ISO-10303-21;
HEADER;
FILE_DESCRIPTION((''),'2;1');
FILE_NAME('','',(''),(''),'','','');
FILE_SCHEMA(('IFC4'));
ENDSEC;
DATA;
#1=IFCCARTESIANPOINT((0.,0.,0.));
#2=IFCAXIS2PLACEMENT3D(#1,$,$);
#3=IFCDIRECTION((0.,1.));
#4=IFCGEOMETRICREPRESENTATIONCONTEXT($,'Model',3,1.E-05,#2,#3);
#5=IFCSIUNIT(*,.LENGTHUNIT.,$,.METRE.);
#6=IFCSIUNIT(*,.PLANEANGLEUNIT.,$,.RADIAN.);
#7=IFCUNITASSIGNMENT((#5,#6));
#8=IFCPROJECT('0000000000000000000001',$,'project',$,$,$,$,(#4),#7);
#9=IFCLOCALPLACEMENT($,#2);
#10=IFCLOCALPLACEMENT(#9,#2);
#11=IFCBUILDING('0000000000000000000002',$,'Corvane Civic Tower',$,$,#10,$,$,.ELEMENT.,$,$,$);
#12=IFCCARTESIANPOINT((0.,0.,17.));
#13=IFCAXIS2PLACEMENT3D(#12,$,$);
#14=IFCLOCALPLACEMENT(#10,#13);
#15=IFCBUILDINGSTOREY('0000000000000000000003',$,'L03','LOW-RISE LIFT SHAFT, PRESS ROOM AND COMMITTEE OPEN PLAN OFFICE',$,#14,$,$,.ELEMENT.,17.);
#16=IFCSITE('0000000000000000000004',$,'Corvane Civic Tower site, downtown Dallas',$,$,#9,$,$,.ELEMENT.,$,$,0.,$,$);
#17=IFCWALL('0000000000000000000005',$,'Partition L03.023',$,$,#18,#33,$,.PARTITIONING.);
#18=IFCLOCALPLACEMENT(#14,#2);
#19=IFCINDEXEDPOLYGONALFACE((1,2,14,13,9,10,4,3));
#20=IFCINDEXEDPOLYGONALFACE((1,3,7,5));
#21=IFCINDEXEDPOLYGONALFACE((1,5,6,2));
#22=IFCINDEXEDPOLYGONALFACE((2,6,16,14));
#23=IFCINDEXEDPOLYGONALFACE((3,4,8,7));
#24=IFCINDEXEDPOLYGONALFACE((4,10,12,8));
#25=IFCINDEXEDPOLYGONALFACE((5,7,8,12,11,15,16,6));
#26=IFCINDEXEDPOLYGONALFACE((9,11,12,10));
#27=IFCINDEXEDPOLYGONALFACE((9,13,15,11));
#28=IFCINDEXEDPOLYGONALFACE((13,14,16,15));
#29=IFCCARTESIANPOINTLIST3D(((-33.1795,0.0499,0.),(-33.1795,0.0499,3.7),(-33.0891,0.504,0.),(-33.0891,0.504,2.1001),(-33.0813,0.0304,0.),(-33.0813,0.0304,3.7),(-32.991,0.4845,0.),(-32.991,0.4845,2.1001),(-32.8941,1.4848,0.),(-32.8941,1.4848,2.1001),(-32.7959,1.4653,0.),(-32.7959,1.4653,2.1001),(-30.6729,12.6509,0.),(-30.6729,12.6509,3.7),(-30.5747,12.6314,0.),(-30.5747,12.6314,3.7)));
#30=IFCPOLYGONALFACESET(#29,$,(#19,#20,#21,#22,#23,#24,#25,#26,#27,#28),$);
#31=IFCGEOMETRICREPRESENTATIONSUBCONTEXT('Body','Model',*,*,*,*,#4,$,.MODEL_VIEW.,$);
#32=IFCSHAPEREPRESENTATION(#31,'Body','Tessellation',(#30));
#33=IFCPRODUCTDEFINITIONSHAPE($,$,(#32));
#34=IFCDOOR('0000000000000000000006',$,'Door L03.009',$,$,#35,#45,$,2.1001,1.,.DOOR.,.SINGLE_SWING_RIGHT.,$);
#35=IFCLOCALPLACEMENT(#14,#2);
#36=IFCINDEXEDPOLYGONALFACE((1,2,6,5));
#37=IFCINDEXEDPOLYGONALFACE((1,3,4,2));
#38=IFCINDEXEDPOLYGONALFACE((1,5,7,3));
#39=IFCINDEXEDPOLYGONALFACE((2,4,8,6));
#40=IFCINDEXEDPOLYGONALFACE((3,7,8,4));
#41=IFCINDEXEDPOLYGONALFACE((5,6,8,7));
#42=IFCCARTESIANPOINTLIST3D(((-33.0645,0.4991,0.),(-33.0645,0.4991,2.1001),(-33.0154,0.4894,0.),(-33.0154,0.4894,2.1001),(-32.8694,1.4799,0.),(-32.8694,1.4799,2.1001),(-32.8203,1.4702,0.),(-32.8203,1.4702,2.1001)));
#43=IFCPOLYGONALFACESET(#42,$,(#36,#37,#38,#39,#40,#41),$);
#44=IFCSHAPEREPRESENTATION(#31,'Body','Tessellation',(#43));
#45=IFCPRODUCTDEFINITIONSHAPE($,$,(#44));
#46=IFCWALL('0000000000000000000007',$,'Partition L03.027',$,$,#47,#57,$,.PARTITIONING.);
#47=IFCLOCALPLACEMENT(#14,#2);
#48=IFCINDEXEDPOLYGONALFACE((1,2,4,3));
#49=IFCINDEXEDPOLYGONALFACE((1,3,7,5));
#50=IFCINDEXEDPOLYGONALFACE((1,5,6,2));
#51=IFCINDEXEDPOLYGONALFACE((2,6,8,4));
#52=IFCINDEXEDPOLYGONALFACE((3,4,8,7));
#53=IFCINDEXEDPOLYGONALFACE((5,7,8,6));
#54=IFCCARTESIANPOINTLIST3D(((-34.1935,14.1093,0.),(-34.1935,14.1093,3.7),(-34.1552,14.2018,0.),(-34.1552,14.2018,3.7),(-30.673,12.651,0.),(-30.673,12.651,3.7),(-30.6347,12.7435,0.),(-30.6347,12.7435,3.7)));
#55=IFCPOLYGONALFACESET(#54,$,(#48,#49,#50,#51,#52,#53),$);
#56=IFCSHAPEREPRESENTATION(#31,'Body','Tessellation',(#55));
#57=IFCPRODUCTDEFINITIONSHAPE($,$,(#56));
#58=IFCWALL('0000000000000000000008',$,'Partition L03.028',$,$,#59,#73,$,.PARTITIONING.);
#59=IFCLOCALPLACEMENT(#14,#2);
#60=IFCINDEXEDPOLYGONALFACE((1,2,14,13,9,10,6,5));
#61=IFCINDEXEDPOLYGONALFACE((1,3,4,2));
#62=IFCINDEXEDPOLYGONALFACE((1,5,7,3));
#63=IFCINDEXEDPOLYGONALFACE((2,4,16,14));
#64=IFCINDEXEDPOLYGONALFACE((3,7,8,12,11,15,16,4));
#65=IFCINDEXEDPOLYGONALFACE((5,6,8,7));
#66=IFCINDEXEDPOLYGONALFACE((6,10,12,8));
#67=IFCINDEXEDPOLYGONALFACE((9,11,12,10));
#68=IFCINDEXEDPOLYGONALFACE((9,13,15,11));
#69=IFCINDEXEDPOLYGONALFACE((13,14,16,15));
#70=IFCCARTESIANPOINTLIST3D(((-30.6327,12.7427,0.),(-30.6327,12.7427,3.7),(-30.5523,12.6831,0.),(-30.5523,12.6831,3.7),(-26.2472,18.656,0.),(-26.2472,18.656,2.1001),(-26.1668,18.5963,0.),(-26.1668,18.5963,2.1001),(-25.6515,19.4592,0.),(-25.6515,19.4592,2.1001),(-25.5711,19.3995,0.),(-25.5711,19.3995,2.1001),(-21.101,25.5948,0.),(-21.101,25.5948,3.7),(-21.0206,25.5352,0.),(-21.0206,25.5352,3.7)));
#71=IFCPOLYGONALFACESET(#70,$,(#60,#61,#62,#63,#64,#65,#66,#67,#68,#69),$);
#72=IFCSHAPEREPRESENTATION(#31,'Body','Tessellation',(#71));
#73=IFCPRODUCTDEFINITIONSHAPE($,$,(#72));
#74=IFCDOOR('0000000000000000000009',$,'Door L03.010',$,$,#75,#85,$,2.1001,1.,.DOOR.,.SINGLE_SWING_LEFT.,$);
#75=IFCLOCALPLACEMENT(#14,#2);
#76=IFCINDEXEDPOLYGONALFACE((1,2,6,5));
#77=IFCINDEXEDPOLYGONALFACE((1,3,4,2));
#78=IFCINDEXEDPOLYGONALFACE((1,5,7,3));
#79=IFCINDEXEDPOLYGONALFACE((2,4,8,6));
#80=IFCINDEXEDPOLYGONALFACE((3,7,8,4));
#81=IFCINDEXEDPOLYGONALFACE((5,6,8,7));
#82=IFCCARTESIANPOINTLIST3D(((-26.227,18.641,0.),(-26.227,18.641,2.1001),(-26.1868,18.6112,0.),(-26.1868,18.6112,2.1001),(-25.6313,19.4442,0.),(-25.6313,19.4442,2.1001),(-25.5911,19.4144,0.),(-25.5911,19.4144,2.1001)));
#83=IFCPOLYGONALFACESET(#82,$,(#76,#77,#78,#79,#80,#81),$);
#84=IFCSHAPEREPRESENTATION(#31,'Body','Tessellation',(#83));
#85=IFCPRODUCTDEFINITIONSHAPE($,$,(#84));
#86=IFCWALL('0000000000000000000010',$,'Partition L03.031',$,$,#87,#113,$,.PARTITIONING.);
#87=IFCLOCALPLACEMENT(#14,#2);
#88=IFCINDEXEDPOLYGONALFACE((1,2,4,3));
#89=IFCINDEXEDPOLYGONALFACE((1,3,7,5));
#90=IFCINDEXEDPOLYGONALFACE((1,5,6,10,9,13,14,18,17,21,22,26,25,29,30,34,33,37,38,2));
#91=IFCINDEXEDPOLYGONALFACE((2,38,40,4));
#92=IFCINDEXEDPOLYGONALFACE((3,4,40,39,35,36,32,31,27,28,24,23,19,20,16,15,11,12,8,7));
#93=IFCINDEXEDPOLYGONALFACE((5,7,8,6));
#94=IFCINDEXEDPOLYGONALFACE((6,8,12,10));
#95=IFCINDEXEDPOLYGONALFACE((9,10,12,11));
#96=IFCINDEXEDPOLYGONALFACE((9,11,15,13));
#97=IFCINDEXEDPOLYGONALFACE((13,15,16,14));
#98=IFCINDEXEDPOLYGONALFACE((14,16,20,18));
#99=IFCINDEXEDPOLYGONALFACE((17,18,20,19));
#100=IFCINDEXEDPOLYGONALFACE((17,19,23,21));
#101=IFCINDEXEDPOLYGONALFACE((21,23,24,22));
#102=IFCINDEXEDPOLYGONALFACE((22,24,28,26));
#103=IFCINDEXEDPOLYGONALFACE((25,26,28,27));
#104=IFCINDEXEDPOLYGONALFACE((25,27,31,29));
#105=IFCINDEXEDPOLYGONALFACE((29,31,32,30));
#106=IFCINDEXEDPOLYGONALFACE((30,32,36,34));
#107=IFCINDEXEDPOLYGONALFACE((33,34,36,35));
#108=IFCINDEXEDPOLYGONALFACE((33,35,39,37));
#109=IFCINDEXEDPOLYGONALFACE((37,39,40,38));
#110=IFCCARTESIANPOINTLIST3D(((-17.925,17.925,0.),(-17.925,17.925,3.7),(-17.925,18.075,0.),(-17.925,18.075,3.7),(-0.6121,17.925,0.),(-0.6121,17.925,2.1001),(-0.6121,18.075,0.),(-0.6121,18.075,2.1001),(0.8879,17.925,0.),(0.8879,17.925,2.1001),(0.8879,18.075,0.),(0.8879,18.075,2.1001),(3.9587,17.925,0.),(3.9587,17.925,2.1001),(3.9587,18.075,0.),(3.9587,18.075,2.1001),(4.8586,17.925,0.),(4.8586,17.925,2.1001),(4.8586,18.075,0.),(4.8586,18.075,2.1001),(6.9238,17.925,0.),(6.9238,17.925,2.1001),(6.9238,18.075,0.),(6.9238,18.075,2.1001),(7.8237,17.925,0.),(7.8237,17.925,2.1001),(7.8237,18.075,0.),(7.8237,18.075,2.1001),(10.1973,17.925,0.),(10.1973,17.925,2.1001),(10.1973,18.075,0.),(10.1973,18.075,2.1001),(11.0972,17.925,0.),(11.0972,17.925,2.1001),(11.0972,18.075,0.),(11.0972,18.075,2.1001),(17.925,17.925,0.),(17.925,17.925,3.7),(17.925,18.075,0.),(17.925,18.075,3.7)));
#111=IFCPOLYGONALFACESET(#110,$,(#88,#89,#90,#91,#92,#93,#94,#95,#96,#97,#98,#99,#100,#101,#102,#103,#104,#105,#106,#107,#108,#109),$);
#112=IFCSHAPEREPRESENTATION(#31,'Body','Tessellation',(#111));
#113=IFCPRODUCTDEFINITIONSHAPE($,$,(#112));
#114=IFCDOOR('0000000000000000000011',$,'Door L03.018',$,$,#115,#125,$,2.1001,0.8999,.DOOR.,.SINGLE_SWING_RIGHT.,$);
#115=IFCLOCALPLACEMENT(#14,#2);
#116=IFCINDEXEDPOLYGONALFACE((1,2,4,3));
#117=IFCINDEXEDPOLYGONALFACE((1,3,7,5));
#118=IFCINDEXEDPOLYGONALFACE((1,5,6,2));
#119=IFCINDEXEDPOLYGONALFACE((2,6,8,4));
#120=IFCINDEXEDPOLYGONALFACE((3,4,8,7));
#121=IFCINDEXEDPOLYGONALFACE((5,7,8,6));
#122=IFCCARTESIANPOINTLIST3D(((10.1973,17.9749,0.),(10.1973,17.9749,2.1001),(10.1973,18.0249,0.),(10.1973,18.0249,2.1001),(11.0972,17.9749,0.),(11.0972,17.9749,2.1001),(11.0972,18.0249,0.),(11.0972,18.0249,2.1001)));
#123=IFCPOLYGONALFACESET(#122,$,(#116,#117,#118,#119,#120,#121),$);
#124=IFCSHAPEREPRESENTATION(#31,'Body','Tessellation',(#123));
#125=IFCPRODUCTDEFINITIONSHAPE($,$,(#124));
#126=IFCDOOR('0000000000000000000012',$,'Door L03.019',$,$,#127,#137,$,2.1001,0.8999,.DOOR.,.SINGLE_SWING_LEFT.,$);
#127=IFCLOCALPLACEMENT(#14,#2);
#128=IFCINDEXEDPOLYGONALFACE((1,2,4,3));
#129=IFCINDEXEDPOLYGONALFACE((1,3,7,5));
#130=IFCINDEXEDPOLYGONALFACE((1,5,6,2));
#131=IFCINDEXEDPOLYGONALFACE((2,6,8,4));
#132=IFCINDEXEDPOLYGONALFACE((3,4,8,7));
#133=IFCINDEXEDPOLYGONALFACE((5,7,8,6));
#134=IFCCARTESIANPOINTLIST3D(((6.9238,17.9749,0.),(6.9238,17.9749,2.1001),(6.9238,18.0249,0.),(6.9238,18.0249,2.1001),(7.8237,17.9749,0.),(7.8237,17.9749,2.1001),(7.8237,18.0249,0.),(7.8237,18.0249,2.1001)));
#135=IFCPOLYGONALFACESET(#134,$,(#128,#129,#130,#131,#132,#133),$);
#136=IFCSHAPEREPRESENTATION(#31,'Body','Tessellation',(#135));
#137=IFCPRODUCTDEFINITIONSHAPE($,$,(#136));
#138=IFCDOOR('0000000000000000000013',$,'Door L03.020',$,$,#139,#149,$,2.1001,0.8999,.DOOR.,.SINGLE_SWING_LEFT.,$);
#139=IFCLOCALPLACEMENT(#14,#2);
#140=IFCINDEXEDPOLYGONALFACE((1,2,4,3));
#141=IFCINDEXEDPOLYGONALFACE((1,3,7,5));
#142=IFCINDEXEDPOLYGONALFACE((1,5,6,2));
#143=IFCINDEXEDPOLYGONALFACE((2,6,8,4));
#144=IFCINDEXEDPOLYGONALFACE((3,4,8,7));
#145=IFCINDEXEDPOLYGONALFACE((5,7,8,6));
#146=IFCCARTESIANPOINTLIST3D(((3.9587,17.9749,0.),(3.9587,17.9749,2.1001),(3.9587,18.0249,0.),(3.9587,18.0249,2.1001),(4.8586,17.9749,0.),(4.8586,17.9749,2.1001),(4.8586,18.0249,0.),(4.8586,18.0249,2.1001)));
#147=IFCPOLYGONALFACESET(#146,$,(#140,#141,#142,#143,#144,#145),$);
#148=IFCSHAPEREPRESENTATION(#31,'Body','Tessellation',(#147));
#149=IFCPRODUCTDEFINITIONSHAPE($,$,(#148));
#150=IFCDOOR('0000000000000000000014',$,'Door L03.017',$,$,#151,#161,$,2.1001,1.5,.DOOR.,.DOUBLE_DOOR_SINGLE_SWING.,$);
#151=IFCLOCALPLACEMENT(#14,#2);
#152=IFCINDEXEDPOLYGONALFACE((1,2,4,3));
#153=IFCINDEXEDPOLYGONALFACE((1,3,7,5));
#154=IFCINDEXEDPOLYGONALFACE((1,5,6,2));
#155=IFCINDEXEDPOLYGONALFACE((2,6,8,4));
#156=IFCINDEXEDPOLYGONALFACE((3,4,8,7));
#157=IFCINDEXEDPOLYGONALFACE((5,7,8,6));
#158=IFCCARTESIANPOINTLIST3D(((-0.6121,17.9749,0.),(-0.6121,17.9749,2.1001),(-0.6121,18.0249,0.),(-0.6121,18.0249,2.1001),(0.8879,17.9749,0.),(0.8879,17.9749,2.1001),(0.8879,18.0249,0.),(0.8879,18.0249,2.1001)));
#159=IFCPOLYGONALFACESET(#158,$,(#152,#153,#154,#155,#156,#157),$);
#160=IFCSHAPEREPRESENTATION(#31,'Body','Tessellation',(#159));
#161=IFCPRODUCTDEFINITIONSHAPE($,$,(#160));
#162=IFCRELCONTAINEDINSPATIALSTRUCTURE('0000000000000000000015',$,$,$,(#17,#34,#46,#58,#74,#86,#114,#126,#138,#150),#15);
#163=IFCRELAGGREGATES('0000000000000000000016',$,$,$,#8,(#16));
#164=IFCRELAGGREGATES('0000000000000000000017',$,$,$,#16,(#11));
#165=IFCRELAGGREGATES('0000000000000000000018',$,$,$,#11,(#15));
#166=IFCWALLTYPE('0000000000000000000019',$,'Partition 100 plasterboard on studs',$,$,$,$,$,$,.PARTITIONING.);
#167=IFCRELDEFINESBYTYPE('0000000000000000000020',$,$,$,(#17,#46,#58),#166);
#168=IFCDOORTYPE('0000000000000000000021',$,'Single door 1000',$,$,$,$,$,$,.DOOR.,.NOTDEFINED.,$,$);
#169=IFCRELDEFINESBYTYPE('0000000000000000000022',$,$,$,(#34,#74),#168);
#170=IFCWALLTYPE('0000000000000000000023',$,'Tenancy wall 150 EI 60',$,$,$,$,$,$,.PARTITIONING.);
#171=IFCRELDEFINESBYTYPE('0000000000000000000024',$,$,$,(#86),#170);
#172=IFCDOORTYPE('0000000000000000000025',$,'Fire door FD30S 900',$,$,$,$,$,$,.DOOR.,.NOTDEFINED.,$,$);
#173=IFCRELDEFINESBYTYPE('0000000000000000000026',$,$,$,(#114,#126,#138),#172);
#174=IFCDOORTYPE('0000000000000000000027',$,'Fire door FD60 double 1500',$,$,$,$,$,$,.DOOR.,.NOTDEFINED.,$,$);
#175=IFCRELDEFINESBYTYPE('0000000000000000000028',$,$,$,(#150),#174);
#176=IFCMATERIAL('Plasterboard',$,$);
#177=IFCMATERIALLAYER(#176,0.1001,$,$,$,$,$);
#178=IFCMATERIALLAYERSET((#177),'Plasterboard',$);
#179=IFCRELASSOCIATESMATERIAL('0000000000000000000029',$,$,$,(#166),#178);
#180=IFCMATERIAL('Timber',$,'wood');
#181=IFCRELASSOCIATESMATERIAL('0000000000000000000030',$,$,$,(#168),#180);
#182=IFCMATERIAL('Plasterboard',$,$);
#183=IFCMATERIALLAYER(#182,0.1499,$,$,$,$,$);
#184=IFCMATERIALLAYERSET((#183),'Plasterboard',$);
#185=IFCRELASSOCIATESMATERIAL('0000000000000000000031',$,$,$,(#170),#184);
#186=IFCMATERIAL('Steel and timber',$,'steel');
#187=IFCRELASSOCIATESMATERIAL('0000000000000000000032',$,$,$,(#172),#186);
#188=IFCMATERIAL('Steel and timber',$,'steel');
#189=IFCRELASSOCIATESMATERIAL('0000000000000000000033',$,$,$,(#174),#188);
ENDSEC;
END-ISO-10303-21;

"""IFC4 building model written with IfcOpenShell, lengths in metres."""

from ifc_helpers import new_model, si_unit, direction, frame, frame_2d, origin, place, context, subcontext, project, spatial, rectangle, extrude, material, layer, layer_set, type_object, element, fill, save


model = new_model("IFC4")

# Units and contexts
model_context = context("Model", 3, precision=1e-05, world=origin(), true_north=direction((0.0, 1.0)))
body_context = subcontext(model_context, "Body", "Model", "MODEL_VIEW")
ifc_project = project(units=[si_unit("LENGTHUNIT", "METRE"), si_unit("PLANEANGLEUNIT", "RADIAN")], contexts=[model_context])

# Site, building, storey
site_placement = place(None, origin())
site = spatial("IfcSite", under=ifc_project, at=site_placement, Name="Corvane Civic Tower site, downtown Dallas", CompositionType="ELEMENT", RefElevation=0.0)
building_placement = place(site_placement, origin())
building = spatial("IfcBuilding", under=site, at=building_placement, Name="Corvane Civic Tower", CompositionType="ELEMENT")
storey_placement = place(building_placement, frame((0.0, 0.0, 17.0)))
storey = spatial("IfcBuildingStorey", under=building, at=storey_placement, Name="L03", Description="LOW-RISE LIFT SHAFT, PRESS ROOM AND COMMITTEE OPEN PLAN OFFICE", CompositionType="ELEMENT", Elevation=17.0)

# Shared definitions
ifc_material_1 = material(Name="Plasterboard")
ifc_layer_1 = layer(ifc_material_1, 0.1001)
ifc_layer_set_1 = layer_set([ifc_layer_1], Name="Plasterboard")
wall_type_1 = type_object("IfcWallType", Name="Partition 100 plasterboard on studs", PredefinedType="PARTITIONING", material=ifc_layer_set_1)

# Wall, opening, door
wall_1_placement = place(storey_placement, frame((-33.1304, 0.0403, 0.0), z_axis=(0.0, 0.0, 1.0), x_axis=(0.195096, 0.980784, 0.0)))
wall_1 = element("IfcWall", 1, at=wall_1_placement, inside=storey, type_object=wall_type_1, Name="Partition L03.023", PredefinedType="PARTITIONING", context=body_context, shape_type="SweptSolid", body=[
    extrude(rectangle(XDim=12.8479, YDim=0.1001, at=frame_2d((6.4238, 0.0))), origin(), (0.0, 0.0, 1.0), 3.7),
])
opening_1_placement = place(wall_1_placement, frame((0.4629, 0.0, 0.0)))
opening_1 = element("IfcOpeningElement", 2, at=opening_1_placement, cuts=wall_1, PredefinedType="OPENING", context=body_context, shape_type="SweptSolid", body=[
    extrude(rectangle(XDim=1.0, YDim=2.1001, at=frame_2d((0.5, 1.05))), frame((0.0, 0.0601, 0.0), z_axis=(0.0, -1.0, 0.0), x_axis=(1.0, 0.0, 0.0)), (0.0, 0.0, 1.0), 0.1201),
])
ifc_material_2 = material(Name="Timber", Category="wood")
door_type_1 = type_object("IfcDoorType", Name="Single door 1000", OperationType="NOTDEFINED", PredefinedType="DOOR", material=ifc_material_2)
door_1_placement = place(opening_1_placement, origin())
door_1 = element("IfcDoor", 3, at=door_1_placement, inside=storey, type_object=door_type_1, Name="Door L03.009", OperationType="SINGLE_SWING_RIGHT", OverallHeight=2.1001, OverallWidth=1.0, PredefinedType="DOOR", context=body_context, shape_type="SweptSolid", body=[
    extrude(rectangle(XDim=1.0, YDim=2.1001, at=frame_2d((0.5, 1.05))), frame((0.0, 0.0249, 0.0), z_axis=(0.0, -1.0, 0.0), x_axis=(1.0, 0.0, 0.0)), (0.0, 0.0, 1.0), 0.05),
])
fill(opening_1, door_1)

# Wall
wall_2_placement = place(storey_placement, frame((-34.1743, 14.1555, 0.0), z_axis=(0.0, 0.0, 1.0), x_axis=(0.923879, -0.382686, 0.0)))
element("IfcWall", 4, at=wall_2_placement, inside=storey, type_object=wall_type_1, Name="Partition L03.027", PredefinedType="PARTITIONING", context=body_context, shape_type="SweptSolid", body=[
    extrude(rectangle(XDim=3.8105, YDim=0.1001, at=frame_2d((1.9053, 0.0))), origin(), (0.0, 0.0, 1.0), 3.7),
])

# Wall, opening, door
wall_3_placement = place(storey_placement, frame((-30.5925, 12.7129, 0.0), z_axis=(0.0, 0.0, 1.0), x_axis=(0.5957, 0.803207, 0.0)))
wall_3 = element("IfcWall", 5, at=wall_3_placement, inside=storey, type_object=wall_type_1, Name="Partition L03.028", PredefinedType="PARTITIONING", context=body_context, shape_type="SweptSolid", body=[
    extrude(rectangle(XDim=16.001, YDim=0.1001, at=frame_2d((8.0005, 0.0))), origin(), (0.0, 0.0, 1.0), 3.7),
])
opening_2_placement = place(wall_3_placement, frame((7.3621, 0.0, 0.0)))
opening_2 = element("IfcOpeningElement", 6, at=opening_2_placement, cuts=wall_3, PredefinedType="OPENING", context=body_context, shape_type="SweptSolid", body=[
    extrude(rectangle(XDim=1.0, YDim=2.1001, at=frame_2d((0.5, 1.05))), frame((0.0, 0.0601, 0.0), z_axis=(0.0, -1.0, 0.0), x_axis=(1.0, 0.0, 0.0)), (0.0, 0.0, 1.0), 0.1201),
])
door_2_placement = place(opening_2_placement, origin())
door_2 = element("IfcDoor", 7, at=door_2_placement, inside=storey, type_object=door_type_1, Name="Door L03.010", OperationType="SINGLE_SWING_LEFT", OverallHeight=2.1001, OverallWidth=1.0, PredefinedType="DOOR", context=body_context, shape_type="SweptSolid", body=[
    extrude(rectangle(XDim=1.0, YDim=2.1001, at=frame_2d((0.5, 1.05))), frame((0.0, 0.0249, 0.0), z_axis=(0.0, -1.0, 0.0), x_axis=(1.0, 0.0, 0.0)), (0.0, 0.0, 1.0), 0.05),
])
fill(opening_2, door_2)

# Wall, openings, doors
ifc_material_3 = material(Name="Plasterboard")
ifc_layer_2 = layer(ifc_material_3, 0.1499)
ifc_layer_set_2 = layer_set([ifc_layer_2], Name="Plasterboard")
wall_type_2 = type_object("IfcWallType", Name="Tenancy wall 150 EI 60", PredefinedType="PARTITIONING", material=ifc_layer_set_2)
wall_4_placement = place(storey_placement, frame((-17.925, 18.0, 0.0), z_axis=(0.0, 0.0, 1.0), x_axis=(1.0, 0.0, 0.0)))
wall_4 = element("IfcWall", 8, at=wall_4_placement, inside=storey, type_object=wall_type_2, Name="Partition L03.031", PredefinedType="PARTITIONING", context=body_context, shape_type="SweptSolid", body=[
    extrude(rectangle(XDim=35.8501, YDim=0.1499, at=frame_2d((17.925, 0.0))), origin(), (0.0, 0.0, 1.0), 3.7),
])
opening_3_placement = place(wall_4_placement, frame((17.313, 0.0, 0.0)))
opening_3 = element("IfcOpeningElement", 9, at=opening_3_placement, cuts=wall_4, PredefinedType="OPENING", context=body_context, shape_type="SweptSolid", body=[
    extrude(rectangle(XDim=1.5, YDim=2.1001, at=frame_2d((0.75, 1.05))), frame((0.0, 0.085, 0.0), z_axis=(0.0, -1.0, 0.0), x_axis=(1.0, 0.0, 0.0)), (0.0, 0.0, 1.0), 0.1699),
])
opening_4_placement = place(wall_4_placement, frame((28.1223, 0.0, 0.0)))
opening_4 = element("IfcOpeningElement", 10, at=opening_4_placement, cuts=wall_4, PredefinedType="OPENING", context=body_context, shape_type="SweptSolid", body=[
    extrude(rectangle(XDim=0.8999, YDim=2.1001, at=frame_2d((0.45, 1.05))), frame((0.0, 0.085, 0.0), z_axis=(0.0, -1.0, 0.0), x_axis=(1.0, 0.0, 0.0)), (0.0, 0.0, 1.0), 0.1699),
])
opening_5_placement = place(wall_4_placement, frame((24.8489, 0.0, 0.0)))
opening_5 = element("IfcOpeningElement", 11, at=opening_5_placement, cuts=wall_4, PredefinedType="OPENING", context=body_context, shape_type="SweptSolid", body=[
    extrude(rectangle(XDim=0.8999, YDim=2.1001, at=frame_2d((0.45, 1.05))), frame((0.0, 0.085, 0.0), z_axis=(0.0, -1.0, 0.0), x_axis=(1.0, 0.0, 0.0)), (0.0, 0.0, 1.0), 0.1699),
])
opening_6_placement = place(wall_4_placement, frame((21.8838, 0.0, 0.0)))
opening_6 = element("IfcOpeningElement", 12, at=opening_6_placement, cuts=wall_4, PredefinedType="OPENING", context=body_context, shape_type="SweptSolid", body=[
    extrude(rectangle(XDim=0.8999, YDim=2.1001, at=frame_2d((0.45, 1.05))), frame((0.0, 0.085, 0.0), z_axis=(0.0, -1.0, 0.0), x_axis=(1.0, 0.0, 0.0)), (0.0, 0.0, 1.0), 0.1699),
])
ifc_material_4 = material(Name="Steel and timber", Category="steel")
door_type_2 = type_object("IfcDoorType", Name="Fire door FD30S 900", OperationType="NOTDEFINED", PredefinedType="DOOR", material=ifc_material_4)
door_3_placement = place(opening_4_placement, origin())
door_3 = element("IfcDoor", 13, at=door_3_placement, inside=storey, type_object=door_type_2, Name="Door L03.018", OperationType="SINGLE_SWING_RIGHT", OverallHeight=2.1001, OverallWidth=0.8999, PredefinedType="DOOR", context=body_context, shape_type="SweptSolid", body=[
    extrude(rectangle(XDim=0.8999, YDim=2.1001, at=frame_2d((0.45, 1.05))), frame((0.0, 0.0249, 0.0), z_axis=(0.0, -1.0, 0.0), x_axis=(1.0, 0.0, 0.0)), (0.0, 0.0, 1.0), 0.05),
])
fill(opening_4, door_3)
door_4_placement = place(opening_5_placement, origin())
door_4 = element("IfcDoor", 14, at=door_4_placement, inside=storey, type_object=door_type_2, Name="Door L03.019", OperationType="SINGLE_SWING_LEFT", OverallHeight=2.1001, OverallWidth=0.8999, PredefinedType="DOOR", context=body_context, shape_type="SweptSolid", body=[
    extrude(rectangle(XDim=0.8999, YDim=2.1001, at=frame_2d((0.45, 1.05))), frame((0.0, 0.0249, 0.0), z_axis=(0.0, -1.0, 0.0), x_axis=(1.0, 0.0, 0.0)), (0.0, 0.0, 1.0), 0.05),
])
fill(opening_5, door_4)
door_5_placement = place(opening_6_placement, origin())
door_5 = element("IfcDoor", 15, at=door_5_placement, inside=storey, type_object=door_type_2, Name="Door L03.020", OperationType="SINGLE_SWING_LEFT", OverallHeight=2.1001, OverallWidth=0.8999, PredefinedType="DOOR", context=body_context, shape_type="SweptSolid", body=[
    extrude(rectangle(XDim=0.8999, YDim=2.1001, at=frame_2d((0.45, 1.05))), frame((0.0, 0.0249, 0.0), z_axis=(0.0, -1.0, 0.0), x_axis=(1.0, 0.0, 0.0)), (0.0, 0.0, 1.0), 0.05),
])
fill(opening_6, door_5)
ifc_material_5 = material(Name="Steel and timber", Category="steel")
door_type_3 = type_object("IfcDoorType", Name="Fire door FD60 double 1500", OperationType="NOTDEFINED", PredefinedType="DOOR", material=ifc_material_5)
door_6_placement = place(opening_3_placement, origin())
door_6 = element("IfcDoor", 16, at=door_6_placement, inside=storey, type_object=door_type_3, Name="Door L03.017", OperationType="DOUBLE_DOOR_SINGLE_SWING", OverallHeight=2.1001, OverallWidth=1.5, PredefinedType="DOOR", context=body_context, shape_type="SweptSolid", body=[
    extrude(rectangle(XDim=1.5, YDim=2.1001, at=frame_2d((0.75, 1.05))), frame((0.0, 0.0249, 0.0), z_axis=(0.0, -1.0, 0.0), x_axis=(1.0, 0.0, 0.0)), (0.0, 0.0, 1.0), 0.05),
])
fill(opening_3, door_6)

save(model, "model.ifc")
